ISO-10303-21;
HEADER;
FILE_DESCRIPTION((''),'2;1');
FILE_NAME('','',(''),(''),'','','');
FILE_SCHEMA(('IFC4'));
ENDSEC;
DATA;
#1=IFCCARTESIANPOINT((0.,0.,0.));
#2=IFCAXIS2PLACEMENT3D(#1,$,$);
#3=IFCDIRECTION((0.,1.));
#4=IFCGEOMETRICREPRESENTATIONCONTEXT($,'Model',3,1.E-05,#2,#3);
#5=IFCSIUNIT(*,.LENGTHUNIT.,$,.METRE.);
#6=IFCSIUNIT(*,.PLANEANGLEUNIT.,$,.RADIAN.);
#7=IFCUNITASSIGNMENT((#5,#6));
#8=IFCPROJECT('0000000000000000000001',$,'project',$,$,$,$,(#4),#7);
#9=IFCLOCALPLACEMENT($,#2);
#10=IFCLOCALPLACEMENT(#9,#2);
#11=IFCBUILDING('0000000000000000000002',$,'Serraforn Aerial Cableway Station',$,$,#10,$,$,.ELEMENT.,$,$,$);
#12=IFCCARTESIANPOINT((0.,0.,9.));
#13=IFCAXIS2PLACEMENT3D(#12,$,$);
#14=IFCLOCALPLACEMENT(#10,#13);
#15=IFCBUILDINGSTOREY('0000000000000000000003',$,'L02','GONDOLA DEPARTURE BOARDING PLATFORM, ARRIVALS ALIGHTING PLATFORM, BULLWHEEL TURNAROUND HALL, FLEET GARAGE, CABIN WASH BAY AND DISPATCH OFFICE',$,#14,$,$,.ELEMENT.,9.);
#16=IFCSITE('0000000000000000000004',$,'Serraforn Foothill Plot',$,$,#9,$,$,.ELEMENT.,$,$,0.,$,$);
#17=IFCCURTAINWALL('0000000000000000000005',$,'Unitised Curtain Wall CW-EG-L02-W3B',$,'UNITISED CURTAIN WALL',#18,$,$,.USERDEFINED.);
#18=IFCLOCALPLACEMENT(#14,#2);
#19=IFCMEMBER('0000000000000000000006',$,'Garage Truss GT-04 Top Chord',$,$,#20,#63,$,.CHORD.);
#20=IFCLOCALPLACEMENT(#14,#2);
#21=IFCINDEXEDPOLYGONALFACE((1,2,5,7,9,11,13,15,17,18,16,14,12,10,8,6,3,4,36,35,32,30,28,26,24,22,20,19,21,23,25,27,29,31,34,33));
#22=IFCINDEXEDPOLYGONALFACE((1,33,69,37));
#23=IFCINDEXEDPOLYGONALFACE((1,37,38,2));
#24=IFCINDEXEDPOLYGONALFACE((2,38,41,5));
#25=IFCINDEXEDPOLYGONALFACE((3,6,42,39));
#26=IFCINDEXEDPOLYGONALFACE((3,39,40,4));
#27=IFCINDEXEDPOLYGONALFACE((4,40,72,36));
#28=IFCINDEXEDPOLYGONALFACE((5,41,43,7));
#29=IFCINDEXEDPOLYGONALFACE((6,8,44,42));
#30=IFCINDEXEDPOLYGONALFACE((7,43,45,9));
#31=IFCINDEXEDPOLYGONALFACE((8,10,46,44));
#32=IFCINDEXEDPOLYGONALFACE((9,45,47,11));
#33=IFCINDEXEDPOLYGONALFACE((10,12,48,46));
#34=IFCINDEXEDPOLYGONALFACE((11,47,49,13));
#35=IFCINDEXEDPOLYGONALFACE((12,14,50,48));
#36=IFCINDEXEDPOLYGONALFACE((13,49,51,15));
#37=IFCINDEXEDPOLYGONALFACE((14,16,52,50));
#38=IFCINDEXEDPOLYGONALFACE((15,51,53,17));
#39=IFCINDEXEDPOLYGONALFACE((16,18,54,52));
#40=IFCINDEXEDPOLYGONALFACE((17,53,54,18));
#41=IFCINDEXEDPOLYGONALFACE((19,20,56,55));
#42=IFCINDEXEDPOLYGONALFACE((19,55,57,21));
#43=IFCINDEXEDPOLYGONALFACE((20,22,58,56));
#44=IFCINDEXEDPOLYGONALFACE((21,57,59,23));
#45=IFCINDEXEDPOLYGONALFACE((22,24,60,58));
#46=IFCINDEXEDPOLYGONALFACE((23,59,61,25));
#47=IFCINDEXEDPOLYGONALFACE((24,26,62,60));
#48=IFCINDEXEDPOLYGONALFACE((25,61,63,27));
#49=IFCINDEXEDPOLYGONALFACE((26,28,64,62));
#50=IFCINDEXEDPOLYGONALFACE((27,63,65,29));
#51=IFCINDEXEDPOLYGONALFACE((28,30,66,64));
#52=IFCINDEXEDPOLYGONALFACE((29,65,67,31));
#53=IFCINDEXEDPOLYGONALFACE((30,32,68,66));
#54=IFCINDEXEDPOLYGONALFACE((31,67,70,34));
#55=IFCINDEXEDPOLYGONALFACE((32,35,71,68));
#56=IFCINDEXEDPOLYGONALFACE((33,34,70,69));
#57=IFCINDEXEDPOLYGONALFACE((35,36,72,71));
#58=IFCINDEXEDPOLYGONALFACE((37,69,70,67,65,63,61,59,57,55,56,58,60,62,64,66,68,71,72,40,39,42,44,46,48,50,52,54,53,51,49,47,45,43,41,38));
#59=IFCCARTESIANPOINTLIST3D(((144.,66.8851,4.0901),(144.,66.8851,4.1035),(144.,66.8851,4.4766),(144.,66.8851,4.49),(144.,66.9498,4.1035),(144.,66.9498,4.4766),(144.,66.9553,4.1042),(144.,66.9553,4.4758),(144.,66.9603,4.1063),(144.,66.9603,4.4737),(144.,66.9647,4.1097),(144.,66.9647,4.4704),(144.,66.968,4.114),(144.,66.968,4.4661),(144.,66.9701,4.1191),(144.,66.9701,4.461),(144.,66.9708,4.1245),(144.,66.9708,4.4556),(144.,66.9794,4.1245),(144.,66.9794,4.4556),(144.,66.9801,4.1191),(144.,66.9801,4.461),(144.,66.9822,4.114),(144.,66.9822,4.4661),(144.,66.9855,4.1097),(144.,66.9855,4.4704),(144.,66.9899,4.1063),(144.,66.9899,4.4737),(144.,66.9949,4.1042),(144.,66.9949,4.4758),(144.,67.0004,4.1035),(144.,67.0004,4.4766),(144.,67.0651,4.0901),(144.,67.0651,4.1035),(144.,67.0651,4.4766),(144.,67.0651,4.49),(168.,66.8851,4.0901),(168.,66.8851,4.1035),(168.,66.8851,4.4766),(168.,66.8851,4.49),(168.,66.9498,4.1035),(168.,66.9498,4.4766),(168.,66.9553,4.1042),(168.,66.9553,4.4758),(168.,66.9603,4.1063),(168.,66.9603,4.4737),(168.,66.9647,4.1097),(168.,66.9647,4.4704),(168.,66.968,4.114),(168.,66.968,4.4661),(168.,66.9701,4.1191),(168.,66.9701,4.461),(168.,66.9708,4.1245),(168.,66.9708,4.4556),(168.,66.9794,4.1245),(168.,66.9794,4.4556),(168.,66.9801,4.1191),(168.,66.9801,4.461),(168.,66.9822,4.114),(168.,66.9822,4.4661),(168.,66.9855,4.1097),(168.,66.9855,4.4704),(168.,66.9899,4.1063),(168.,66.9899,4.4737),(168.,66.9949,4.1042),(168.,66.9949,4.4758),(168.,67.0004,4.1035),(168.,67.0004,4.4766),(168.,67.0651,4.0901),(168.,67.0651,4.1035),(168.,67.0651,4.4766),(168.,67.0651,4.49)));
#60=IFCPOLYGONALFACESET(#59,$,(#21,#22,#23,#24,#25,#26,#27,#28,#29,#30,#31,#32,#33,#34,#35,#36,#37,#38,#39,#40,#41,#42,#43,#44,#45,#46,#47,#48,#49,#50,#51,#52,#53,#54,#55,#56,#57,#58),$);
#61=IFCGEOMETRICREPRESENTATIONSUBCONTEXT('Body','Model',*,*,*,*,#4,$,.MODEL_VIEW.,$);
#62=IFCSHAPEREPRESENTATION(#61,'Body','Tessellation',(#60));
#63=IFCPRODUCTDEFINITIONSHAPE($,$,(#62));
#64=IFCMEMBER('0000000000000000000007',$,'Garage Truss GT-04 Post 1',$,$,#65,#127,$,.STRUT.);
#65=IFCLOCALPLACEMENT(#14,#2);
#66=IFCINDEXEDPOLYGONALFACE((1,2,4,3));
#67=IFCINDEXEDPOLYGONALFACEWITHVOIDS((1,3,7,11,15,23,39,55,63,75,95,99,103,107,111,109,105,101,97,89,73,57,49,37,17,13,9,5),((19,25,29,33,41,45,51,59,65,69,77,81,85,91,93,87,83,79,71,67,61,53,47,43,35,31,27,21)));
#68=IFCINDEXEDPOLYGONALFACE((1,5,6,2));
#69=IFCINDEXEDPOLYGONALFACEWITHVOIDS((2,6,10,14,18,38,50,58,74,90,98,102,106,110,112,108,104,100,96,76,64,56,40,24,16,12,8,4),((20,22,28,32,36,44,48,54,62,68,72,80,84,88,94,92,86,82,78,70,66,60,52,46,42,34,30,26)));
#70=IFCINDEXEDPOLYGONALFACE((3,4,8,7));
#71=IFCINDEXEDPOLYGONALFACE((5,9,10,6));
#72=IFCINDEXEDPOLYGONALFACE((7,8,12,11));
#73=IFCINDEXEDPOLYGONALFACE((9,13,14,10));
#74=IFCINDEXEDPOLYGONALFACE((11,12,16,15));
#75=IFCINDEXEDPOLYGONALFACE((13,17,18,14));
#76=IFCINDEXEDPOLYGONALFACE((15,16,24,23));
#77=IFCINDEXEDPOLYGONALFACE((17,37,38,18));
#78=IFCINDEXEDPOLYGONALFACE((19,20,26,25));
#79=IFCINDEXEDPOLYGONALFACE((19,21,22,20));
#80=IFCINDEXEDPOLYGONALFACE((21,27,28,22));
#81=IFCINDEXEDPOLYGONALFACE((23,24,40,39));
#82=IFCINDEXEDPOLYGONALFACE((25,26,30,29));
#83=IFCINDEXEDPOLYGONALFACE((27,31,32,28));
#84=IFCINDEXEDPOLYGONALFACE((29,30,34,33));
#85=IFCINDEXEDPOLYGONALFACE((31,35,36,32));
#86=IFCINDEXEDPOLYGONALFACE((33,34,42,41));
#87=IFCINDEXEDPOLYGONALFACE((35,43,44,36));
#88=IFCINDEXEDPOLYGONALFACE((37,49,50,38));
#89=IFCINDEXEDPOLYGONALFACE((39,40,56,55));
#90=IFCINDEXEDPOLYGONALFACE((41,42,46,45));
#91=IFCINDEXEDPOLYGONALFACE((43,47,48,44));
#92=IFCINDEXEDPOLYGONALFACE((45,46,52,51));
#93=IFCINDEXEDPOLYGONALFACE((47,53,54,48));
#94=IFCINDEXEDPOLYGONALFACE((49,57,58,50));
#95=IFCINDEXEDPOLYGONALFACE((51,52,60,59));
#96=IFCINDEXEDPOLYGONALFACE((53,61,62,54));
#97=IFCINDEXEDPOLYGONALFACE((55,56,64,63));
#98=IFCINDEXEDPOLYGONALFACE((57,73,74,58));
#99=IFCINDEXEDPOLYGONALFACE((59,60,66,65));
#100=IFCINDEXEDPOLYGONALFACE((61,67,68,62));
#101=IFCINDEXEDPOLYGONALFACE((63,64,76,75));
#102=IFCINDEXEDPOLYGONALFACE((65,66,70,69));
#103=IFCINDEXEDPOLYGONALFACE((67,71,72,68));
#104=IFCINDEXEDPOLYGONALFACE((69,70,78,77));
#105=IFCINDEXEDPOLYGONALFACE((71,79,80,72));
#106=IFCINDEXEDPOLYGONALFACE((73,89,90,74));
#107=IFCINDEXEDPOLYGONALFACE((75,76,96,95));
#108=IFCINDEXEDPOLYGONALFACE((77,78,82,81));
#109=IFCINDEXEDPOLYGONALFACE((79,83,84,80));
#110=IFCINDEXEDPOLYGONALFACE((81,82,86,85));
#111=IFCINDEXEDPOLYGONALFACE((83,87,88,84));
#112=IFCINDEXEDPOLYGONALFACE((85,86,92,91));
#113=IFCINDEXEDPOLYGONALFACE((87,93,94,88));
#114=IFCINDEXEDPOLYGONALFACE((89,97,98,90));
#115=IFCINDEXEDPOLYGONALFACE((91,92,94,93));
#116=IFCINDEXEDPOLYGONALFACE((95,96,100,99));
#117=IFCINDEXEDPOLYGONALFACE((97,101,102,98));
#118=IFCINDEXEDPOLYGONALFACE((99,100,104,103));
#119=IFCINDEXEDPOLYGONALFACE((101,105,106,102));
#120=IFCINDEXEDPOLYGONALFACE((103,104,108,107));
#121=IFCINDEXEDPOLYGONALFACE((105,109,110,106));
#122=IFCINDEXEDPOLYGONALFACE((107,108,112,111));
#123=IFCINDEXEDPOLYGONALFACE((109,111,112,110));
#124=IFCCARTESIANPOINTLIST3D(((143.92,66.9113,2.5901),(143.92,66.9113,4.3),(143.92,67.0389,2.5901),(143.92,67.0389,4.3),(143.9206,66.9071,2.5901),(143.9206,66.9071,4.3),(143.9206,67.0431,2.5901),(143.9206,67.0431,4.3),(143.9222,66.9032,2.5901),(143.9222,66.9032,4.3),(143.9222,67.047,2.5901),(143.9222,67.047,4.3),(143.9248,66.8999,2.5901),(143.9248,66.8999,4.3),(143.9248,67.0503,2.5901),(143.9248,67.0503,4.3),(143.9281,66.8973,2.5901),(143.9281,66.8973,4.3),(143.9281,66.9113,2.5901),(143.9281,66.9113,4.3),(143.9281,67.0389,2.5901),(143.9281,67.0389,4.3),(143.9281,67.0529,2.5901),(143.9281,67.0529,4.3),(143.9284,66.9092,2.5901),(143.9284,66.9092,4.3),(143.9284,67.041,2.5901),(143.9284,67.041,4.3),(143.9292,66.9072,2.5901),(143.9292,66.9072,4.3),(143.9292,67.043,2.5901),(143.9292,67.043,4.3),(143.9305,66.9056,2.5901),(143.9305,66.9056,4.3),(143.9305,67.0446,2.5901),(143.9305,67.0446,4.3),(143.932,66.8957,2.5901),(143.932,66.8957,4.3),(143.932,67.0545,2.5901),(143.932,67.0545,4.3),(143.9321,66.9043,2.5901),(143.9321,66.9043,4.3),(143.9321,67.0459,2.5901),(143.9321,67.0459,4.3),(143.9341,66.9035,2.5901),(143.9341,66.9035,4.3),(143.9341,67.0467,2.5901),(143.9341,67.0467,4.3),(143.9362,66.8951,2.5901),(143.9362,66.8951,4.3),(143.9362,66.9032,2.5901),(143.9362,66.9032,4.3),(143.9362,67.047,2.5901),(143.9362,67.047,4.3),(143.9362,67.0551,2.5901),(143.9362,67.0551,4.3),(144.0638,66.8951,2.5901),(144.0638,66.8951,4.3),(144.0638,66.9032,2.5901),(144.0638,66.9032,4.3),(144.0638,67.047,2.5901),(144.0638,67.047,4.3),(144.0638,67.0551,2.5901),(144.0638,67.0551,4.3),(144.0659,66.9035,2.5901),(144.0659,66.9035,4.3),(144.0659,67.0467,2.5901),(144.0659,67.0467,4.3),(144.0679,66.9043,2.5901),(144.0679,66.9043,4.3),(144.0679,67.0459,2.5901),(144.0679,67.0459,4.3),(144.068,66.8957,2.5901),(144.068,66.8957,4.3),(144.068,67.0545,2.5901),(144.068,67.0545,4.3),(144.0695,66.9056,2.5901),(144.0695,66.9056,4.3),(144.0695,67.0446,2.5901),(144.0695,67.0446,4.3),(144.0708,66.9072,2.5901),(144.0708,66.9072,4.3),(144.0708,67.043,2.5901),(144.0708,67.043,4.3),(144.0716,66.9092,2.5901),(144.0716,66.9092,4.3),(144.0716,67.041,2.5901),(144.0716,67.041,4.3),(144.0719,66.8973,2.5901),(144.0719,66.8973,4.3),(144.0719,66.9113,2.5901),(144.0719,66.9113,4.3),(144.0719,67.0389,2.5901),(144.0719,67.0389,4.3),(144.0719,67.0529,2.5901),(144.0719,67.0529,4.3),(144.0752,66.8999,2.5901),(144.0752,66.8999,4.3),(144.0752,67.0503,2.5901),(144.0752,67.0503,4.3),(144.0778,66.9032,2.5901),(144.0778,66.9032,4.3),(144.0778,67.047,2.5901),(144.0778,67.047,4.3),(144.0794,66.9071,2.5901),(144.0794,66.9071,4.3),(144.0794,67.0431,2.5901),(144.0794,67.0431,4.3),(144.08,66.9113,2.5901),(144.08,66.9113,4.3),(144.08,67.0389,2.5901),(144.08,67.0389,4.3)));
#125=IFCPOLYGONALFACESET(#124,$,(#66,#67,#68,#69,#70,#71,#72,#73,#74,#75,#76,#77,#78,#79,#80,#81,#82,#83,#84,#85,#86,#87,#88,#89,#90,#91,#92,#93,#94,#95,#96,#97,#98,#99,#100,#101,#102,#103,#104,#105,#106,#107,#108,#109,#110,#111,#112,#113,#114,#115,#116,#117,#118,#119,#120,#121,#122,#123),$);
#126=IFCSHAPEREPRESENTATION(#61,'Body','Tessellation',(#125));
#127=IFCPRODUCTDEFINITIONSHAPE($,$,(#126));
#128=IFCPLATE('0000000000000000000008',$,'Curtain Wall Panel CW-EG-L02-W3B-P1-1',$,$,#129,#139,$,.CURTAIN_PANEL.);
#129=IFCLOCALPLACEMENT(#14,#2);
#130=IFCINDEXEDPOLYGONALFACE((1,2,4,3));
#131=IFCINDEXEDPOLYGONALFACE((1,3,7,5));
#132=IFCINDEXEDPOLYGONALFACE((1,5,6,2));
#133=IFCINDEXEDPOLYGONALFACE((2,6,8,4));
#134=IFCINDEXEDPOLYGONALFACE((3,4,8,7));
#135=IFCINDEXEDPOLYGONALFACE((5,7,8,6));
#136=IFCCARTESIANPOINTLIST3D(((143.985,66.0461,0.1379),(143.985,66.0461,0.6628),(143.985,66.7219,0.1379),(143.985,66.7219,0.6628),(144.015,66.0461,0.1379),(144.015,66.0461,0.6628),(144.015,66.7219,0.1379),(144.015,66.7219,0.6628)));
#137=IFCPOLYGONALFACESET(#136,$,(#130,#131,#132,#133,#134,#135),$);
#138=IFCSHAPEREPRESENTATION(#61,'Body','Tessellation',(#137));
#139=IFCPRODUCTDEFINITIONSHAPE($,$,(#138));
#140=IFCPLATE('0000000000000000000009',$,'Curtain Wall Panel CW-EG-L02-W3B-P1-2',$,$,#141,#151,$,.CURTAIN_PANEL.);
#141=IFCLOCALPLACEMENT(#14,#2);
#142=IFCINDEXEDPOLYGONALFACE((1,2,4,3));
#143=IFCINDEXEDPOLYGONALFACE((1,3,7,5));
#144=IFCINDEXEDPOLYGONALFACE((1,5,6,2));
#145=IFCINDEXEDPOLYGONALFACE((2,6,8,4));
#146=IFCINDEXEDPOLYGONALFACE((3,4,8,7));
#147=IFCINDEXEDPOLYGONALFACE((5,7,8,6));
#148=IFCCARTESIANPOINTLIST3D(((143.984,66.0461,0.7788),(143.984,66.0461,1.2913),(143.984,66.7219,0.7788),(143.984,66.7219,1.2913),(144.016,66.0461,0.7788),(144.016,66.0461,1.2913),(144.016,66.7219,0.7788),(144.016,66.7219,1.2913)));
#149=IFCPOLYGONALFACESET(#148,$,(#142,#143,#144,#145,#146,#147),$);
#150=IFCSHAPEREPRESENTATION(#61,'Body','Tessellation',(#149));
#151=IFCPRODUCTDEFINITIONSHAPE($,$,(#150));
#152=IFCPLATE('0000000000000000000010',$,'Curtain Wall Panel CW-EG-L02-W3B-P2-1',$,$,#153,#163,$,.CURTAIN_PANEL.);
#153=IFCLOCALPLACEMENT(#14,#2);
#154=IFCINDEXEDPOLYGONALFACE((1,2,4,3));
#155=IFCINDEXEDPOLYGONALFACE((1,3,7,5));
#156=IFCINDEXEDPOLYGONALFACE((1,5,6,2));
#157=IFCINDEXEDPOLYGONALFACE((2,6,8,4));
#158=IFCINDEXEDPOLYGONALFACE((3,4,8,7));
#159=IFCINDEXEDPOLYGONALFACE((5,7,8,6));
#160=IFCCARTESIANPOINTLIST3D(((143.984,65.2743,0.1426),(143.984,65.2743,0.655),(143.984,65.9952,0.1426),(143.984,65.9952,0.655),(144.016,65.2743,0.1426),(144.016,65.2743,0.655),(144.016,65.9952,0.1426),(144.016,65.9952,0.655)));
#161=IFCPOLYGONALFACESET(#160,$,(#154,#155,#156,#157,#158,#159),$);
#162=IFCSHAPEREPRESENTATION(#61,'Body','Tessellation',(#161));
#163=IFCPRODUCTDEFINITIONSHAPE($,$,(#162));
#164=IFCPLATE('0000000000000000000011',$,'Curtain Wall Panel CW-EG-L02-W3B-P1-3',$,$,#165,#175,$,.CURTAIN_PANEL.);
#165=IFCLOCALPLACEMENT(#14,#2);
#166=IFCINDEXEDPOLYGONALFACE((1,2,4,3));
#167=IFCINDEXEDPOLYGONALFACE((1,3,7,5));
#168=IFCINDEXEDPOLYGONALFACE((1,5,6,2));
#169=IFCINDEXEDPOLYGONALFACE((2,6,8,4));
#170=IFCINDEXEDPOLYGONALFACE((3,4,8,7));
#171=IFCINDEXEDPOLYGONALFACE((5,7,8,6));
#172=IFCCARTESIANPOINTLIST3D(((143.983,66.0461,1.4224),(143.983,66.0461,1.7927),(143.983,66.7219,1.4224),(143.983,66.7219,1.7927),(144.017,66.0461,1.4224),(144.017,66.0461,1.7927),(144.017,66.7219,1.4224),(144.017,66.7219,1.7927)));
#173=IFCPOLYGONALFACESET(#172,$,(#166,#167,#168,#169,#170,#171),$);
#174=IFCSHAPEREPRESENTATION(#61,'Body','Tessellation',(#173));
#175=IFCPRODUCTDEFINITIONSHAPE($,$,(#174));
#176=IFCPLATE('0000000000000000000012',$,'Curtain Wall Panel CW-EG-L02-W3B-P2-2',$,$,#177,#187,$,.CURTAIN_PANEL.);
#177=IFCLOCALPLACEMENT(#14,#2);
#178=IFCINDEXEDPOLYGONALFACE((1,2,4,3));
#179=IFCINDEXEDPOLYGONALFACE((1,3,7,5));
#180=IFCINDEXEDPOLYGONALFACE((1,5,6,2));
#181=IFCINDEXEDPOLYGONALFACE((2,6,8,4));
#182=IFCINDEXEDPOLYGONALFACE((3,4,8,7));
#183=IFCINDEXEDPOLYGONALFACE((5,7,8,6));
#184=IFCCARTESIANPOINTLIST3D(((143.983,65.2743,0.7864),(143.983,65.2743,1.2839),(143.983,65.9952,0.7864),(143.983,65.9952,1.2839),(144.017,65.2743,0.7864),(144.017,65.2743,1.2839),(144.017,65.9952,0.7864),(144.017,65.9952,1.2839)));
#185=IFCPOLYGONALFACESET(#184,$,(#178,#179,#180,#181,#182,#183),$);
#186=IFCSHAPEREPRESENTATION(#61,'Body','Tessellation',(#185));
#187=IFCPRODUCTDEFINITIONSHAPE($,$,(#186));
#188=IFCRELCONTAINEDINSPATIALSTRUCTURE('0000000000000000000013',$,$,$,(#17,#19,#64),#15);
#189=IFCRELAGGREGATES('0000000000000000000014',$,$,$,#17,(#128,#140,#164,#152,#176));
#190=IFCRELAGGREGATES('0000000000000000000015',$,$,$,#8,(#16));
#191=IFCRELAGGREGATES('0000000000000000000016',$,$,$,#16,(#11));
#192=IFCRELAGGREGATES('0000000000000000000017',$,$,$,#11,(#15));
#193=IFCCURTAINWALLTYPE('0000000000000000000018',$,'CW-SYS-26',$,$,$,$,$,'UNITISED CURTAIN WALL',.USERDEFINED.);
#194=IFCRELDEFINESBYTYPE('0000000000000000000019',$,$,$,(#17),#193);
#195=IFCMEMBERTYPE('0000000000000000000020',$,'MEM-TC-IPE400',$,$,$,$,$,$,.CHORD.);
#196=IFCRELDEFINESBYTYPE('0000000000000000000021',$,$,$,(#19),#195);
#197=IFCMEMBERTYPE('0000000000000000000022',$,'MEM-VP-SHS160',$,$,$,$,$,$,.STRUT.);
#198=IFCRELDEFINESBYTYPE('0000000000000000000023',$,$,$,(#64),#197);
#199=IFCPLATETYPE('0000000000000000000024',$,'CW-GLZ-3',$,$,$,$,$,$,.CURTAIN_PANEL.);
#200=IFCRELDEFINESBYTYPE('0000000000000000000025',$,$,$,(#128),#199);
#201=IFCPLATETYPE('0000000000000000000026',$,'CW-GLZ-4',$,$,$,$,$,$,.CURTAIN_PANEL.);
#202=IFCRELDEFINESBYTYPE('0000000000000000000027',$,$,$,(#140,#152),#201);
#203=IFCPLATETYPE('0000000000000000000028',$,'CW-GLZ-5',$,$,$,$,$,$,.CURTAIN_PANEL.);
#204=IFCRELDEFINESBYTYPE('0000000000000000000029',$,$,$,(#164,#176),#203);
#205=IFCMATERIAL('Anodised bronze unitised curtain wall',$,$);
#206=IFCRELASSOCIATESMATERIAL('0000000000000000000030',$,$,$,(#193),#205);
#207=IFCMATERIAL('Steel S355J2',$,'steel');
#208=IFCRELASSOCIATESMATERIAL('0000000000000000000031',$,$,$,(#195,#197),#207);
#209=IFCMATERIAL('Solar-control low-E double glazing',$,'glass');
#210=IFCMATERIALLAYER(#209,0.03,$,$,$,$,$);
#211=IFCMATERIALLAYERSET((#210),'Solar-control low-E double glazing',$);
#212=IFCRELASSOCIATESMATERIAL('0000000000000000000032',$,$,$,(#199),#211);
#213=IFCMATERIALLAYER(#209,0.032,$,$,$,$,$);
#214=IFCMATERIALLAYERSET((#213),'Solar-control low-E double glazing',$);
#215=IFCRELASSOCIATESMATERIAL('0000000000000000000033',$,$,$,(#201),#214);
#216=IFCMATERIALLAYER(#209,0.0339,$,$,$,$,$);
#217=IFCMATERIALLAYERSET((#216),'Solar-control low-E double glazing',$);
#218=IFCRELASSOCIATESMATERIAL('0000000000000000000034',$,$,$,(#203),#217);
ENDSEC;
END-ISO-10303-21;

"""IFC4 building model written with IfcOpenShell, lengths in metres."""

from ifc_helpers import new_model, si_unit, direction, frame, origin, origin_2d, place, context, subcontext, project, spatial, rectangle, hollow_rectangle, i_section, extrude, material, layer, layer_set, material_profile, profile_set, type_object, element, aggregate, save


model = new_model("IFC4")

# Units and contexts
model_context = context("Model", 3, precision=1e-05, world=origin(), true_north=direction((0.0, 1.0)))
body_context = subcontext(model_context, "Body", "Model", "MODEL_VIEW")
ifc_project = project(units=[si_unit("LENGTHUNIT", "METRE"), si_unit("PLANEANGLEUNIT", "RADIAN")], contexts=[model_context])

# Site, building, storey
site_placement = place(None, origin())
site = spatial("IfcSite", under=ifc_project, at=site_placement, Name="Serraforn Foothill Plot", CompositionType="ELEMENT", RefElevation=0.0)
building_placement = place(site_placement, origin())
building = spatial("IfcBuilding", under=site, at=building_placement, Name="Serraforn Aerial Cableway Station", CompositionType="ELEMENT")
storey_placement = place(building_placement, frame((0.0, 0.0, 9.0)))
storey = spatial("IfcBuildingStorey", under=building, at=storey_placement, Name="L02", Description="GONDOLA DEPARTURE BOARDING PLATFORM, ARRIVALS ALIGHTING PLATFORM, BULLWHEEL TURNAROUND HALL, FLEET GARAGE, CABIN WASH BAY AND DISPATCH OFFICE", CompositionType="ELEMENT", Elevation=9.0)

# Curtain wall
ifc_material_1 = material(Name="Anodised bronze unitised curtain wall")
curtain_wall_type = type_object("IfcCurtainWallType", Name="CW-SYS-26", ElementType="UNITISED CURTAIN WALL", PredefinedType="USERDEFINED", material=ifc_material_1)
curtain_wall_placement = place(storey_placement, origin())
curtain_wall = element("IfcCurtainWall", 1, at=curtain_wall_placement, inside=storey, type_object=curtain_wall_type, Name="Unitised Curtain Wall CW-EG-L02-W3B", ObjectType="UNITISED CURTAIN WALL", PredefinedType="USERDEFINED")

# Members
ifc_material_2 = material(Name="Steel S355J2", Category="steel")
ifc_material_profile_1 = material_profile(ifc_material_2, i_section(OverallWidth=0.1799, OverallDepth=0.3999, WebThickness=0.0085, FlangeThickness=0.0134, FilletRadius=0.021, at=origin_2d()), Name="IPE 400")
ifc_profile_set_1 = profile_set([ifc_material_profile_1], Name="Steel S355J2")
member_type_1 = type_object("IfcMemberType", Name="MEM-TC-IPE400", PredefinedType="CHORD", material=ifc_profile_set_1)
member_1_placement = place(storey_placement, frame((144.0, 66.9751, 4.29), z_axis=(1.0, 0.0, 0.0), x_axis=(0.0, 1.0, 0.0)))
element("IfcMember", 2, at=member_1_placement, inside=storey, type_object=member_type_1, Name="Garage Truss GT-04 Top Chord", PredefinedType="CHORD", context=body_context, shape_type="SweptSolid", body=[
    extrude(i_section(OverallWidth=0.1799, OverallDepth=0.3999, WebThickness=0.0085, FlangeThickness=0.0134, FilletRadius=0.021, at=origin_2d()), origin(), (0.0, 0.0, 1.0), 24.0),
])
ifc_material_profile_2 = material_profile(ifc_material_2, hollow_rectangle(XDim=0.1599, YDim=0.1599, WallThickness=0.0081, InnerFilletRadius=0.0081, OuterFilletRadius=0.0161, at=origin_2d()), Name="SHS 160x160x8.0")
ifc_profile_set_2 = profile_set([ifc_material_profile_2], Name="Steel S355J2")
member_type_2 = type_object("IfcMemberType", Name="MEM-VP-SHS160", PredefinedType="STRUT", material=ifc_profile_set_2)
member_2_placement = place(storey_placement, frame((144.0, 66.9751, 2.5901), z_axis=(0.0, 0.0, 1.0), x_axis=(1.0, 0.0, 0.0)))
element("IfcMember", 3, at=member_2_placement, inside=storey, type_object=member_type_2, Name="Garage Truss GT-04 Post 1", PredefinedType="STRUT", context=body_context, shape_type="SweptSolid", body=[
    extrude(hollow_rectangle(XDim=0.1599, YDim=0.1599, WallThickness=0.0081, InnerFilletRadius=0.0081, OuterFilletRadius=0.0161, at=origin_2d()), origin(), (0.0, 0.0, 1.0), 1.71),
])

# Plates
ifc_material_3 = material(Name="Solar-control low-E double glazing", Category="glass")
ifc_layer_1 = layer(ifc_material_3, 0.03)
ifc_layer_set_1 = layer_set([ifc_layer_1], Name="Solar-control low-E double glazing")
plate_type_1 = type_object("IfcPlateType", Name="CW-GLZ-3", PredefinedType="CURTAIN_PANEL", material=ifc_layer_set_1)
plate_1_placement = place(storey_placement, frame((144.0, 66.384, 0.1379), z_axis=(0.0, 0.0, 1.0), x_axis=(1.0, 0.0, 0.0)))
plate_1 = element("IfcPlate", 4, at=plate_1_placement, type_object=plate_type_1, Name="Curtain Wall Panel CW-EG-L02-W3B-P1-1", PredefinedType="CURTAIN_PANEL", context=body_context, shape_type="SweptSolid", body=[
    extrude(rectangle(XDim=0.03, YDim=0.6758, at=origin_2d()), origin(), (0.0, 0.0, 1.0), 0.5249),
])
ifc_layer_2 = layer(ifc_material_3, 0.032)
ifc_layer_set_2 = layer_set([ifc_layer_2], Name="Solar-control low-E double glazing")
plate_type_2 = type_object("IfcPlateType", Name="CW-GLZ-4", PredefinedType="CURTAIN_PANEL", material=ifc_layer_set_2)
plate_2_placement = place(storey_placement, frame((144.0, 66.384, 0.7788), z_axis=(0.0, 0.0, 1.0), x_axis=(1.0, 0.0, 0.0)))
plate_2 = element("IfcPlate", 5, at=plate_2_placement, type_object=plate_type_2, Name="Curtain Wall Panel CW-EG-L02-W3B-P1-2", PredefinedType="CURTAIN_PANEL", context=body_context, shape_type="SweptSolid", body=[
    extrude(rectangle(XDim=0.032, YDim=0.6758, at=origin_2d()), origin(), (0.0, 0.0, 1.0), 0.5125),
])
plate_3_placement = place(storey_placement, frame((144.0, 65.6348, 0.1426), z_axis=(0.0, 0.0, 1.0), x_axis=(1.0, 0.0, 0.0)))
plate_3 = element("IfcPlate", 6, at=plate_3_placement, type_object=plate_type_2, Name="Curtain Wall Panel CW-EG-L02-W3B-P2-1", PredefinedType="CURTAIN_PANEL", context=body_context, shape_type="SweptSolid", body=[
    extrude(rectangle(XDim=0.032, YDim=0.7209, at=origin_2d()), origin(), (0.0, 0.0, 1.0), 0.5125),
])
ifc_layer_3 = layer(ifc_material_3, 0.0339)
ifc_layer_set_3 = layer_set([ifc_layer_3], Name="Solar-control low-E double glazing")
plate_type_3 = type_object("IfcPlateType", Name="CW-GLZ-5", PredefinedType="CURTAIN_PANEL", material=ifc_layer_set_3)
plate_4_placement = place(storey_placement, frame((144.0, 66.384, 1.4224), z_axis=(0.0, 0.0, 1.0), x_axis=(1.0, 0.0, 0.0)))
plate_4 = element("IfcPlate", 7, at=plate_4_placement, type_object=plate_type_3, Name="Curtain Wall Panel CW-EG-L02-W3B-P1-3", PredefinedType="CURTAIN_PANEL", context=body_context, shape_type="SweptSolid", body=[
    extrude(rectangle(XDim=0.0339, YDim=0.6758, at=origin_2d()), origin(), (0.0, 0.0, 1.0), 0.3704),
])
plate_5_placement = place(storey_placement, frame((144.0, 65.6348, 0.7864), z_axis=(0.0, 0.0, 1.0), x_axis=(1.0, 0.0, 0.0)))
plate_5 = element("IfcPlate", 8, at=plate_5_placement, type_object=plate_type_3, Name="Curtain Wall Panel CW-EG-L02-W3B-P2-2", PredefinedType="CURTAIN_PANEL", context=body_context, shape_type="SweptSolid", body=[
    extrude(rectangle(XDim=0.0339, YDim=0.7209, at=origin_2d()), origin(), (0.0, 0.0, 1.0), 0.4976),
])
aggregate(curtain_wall, [plate_1, plate_2, plate_4, plate_3, plate_5])

save(model, "model.ifc")
